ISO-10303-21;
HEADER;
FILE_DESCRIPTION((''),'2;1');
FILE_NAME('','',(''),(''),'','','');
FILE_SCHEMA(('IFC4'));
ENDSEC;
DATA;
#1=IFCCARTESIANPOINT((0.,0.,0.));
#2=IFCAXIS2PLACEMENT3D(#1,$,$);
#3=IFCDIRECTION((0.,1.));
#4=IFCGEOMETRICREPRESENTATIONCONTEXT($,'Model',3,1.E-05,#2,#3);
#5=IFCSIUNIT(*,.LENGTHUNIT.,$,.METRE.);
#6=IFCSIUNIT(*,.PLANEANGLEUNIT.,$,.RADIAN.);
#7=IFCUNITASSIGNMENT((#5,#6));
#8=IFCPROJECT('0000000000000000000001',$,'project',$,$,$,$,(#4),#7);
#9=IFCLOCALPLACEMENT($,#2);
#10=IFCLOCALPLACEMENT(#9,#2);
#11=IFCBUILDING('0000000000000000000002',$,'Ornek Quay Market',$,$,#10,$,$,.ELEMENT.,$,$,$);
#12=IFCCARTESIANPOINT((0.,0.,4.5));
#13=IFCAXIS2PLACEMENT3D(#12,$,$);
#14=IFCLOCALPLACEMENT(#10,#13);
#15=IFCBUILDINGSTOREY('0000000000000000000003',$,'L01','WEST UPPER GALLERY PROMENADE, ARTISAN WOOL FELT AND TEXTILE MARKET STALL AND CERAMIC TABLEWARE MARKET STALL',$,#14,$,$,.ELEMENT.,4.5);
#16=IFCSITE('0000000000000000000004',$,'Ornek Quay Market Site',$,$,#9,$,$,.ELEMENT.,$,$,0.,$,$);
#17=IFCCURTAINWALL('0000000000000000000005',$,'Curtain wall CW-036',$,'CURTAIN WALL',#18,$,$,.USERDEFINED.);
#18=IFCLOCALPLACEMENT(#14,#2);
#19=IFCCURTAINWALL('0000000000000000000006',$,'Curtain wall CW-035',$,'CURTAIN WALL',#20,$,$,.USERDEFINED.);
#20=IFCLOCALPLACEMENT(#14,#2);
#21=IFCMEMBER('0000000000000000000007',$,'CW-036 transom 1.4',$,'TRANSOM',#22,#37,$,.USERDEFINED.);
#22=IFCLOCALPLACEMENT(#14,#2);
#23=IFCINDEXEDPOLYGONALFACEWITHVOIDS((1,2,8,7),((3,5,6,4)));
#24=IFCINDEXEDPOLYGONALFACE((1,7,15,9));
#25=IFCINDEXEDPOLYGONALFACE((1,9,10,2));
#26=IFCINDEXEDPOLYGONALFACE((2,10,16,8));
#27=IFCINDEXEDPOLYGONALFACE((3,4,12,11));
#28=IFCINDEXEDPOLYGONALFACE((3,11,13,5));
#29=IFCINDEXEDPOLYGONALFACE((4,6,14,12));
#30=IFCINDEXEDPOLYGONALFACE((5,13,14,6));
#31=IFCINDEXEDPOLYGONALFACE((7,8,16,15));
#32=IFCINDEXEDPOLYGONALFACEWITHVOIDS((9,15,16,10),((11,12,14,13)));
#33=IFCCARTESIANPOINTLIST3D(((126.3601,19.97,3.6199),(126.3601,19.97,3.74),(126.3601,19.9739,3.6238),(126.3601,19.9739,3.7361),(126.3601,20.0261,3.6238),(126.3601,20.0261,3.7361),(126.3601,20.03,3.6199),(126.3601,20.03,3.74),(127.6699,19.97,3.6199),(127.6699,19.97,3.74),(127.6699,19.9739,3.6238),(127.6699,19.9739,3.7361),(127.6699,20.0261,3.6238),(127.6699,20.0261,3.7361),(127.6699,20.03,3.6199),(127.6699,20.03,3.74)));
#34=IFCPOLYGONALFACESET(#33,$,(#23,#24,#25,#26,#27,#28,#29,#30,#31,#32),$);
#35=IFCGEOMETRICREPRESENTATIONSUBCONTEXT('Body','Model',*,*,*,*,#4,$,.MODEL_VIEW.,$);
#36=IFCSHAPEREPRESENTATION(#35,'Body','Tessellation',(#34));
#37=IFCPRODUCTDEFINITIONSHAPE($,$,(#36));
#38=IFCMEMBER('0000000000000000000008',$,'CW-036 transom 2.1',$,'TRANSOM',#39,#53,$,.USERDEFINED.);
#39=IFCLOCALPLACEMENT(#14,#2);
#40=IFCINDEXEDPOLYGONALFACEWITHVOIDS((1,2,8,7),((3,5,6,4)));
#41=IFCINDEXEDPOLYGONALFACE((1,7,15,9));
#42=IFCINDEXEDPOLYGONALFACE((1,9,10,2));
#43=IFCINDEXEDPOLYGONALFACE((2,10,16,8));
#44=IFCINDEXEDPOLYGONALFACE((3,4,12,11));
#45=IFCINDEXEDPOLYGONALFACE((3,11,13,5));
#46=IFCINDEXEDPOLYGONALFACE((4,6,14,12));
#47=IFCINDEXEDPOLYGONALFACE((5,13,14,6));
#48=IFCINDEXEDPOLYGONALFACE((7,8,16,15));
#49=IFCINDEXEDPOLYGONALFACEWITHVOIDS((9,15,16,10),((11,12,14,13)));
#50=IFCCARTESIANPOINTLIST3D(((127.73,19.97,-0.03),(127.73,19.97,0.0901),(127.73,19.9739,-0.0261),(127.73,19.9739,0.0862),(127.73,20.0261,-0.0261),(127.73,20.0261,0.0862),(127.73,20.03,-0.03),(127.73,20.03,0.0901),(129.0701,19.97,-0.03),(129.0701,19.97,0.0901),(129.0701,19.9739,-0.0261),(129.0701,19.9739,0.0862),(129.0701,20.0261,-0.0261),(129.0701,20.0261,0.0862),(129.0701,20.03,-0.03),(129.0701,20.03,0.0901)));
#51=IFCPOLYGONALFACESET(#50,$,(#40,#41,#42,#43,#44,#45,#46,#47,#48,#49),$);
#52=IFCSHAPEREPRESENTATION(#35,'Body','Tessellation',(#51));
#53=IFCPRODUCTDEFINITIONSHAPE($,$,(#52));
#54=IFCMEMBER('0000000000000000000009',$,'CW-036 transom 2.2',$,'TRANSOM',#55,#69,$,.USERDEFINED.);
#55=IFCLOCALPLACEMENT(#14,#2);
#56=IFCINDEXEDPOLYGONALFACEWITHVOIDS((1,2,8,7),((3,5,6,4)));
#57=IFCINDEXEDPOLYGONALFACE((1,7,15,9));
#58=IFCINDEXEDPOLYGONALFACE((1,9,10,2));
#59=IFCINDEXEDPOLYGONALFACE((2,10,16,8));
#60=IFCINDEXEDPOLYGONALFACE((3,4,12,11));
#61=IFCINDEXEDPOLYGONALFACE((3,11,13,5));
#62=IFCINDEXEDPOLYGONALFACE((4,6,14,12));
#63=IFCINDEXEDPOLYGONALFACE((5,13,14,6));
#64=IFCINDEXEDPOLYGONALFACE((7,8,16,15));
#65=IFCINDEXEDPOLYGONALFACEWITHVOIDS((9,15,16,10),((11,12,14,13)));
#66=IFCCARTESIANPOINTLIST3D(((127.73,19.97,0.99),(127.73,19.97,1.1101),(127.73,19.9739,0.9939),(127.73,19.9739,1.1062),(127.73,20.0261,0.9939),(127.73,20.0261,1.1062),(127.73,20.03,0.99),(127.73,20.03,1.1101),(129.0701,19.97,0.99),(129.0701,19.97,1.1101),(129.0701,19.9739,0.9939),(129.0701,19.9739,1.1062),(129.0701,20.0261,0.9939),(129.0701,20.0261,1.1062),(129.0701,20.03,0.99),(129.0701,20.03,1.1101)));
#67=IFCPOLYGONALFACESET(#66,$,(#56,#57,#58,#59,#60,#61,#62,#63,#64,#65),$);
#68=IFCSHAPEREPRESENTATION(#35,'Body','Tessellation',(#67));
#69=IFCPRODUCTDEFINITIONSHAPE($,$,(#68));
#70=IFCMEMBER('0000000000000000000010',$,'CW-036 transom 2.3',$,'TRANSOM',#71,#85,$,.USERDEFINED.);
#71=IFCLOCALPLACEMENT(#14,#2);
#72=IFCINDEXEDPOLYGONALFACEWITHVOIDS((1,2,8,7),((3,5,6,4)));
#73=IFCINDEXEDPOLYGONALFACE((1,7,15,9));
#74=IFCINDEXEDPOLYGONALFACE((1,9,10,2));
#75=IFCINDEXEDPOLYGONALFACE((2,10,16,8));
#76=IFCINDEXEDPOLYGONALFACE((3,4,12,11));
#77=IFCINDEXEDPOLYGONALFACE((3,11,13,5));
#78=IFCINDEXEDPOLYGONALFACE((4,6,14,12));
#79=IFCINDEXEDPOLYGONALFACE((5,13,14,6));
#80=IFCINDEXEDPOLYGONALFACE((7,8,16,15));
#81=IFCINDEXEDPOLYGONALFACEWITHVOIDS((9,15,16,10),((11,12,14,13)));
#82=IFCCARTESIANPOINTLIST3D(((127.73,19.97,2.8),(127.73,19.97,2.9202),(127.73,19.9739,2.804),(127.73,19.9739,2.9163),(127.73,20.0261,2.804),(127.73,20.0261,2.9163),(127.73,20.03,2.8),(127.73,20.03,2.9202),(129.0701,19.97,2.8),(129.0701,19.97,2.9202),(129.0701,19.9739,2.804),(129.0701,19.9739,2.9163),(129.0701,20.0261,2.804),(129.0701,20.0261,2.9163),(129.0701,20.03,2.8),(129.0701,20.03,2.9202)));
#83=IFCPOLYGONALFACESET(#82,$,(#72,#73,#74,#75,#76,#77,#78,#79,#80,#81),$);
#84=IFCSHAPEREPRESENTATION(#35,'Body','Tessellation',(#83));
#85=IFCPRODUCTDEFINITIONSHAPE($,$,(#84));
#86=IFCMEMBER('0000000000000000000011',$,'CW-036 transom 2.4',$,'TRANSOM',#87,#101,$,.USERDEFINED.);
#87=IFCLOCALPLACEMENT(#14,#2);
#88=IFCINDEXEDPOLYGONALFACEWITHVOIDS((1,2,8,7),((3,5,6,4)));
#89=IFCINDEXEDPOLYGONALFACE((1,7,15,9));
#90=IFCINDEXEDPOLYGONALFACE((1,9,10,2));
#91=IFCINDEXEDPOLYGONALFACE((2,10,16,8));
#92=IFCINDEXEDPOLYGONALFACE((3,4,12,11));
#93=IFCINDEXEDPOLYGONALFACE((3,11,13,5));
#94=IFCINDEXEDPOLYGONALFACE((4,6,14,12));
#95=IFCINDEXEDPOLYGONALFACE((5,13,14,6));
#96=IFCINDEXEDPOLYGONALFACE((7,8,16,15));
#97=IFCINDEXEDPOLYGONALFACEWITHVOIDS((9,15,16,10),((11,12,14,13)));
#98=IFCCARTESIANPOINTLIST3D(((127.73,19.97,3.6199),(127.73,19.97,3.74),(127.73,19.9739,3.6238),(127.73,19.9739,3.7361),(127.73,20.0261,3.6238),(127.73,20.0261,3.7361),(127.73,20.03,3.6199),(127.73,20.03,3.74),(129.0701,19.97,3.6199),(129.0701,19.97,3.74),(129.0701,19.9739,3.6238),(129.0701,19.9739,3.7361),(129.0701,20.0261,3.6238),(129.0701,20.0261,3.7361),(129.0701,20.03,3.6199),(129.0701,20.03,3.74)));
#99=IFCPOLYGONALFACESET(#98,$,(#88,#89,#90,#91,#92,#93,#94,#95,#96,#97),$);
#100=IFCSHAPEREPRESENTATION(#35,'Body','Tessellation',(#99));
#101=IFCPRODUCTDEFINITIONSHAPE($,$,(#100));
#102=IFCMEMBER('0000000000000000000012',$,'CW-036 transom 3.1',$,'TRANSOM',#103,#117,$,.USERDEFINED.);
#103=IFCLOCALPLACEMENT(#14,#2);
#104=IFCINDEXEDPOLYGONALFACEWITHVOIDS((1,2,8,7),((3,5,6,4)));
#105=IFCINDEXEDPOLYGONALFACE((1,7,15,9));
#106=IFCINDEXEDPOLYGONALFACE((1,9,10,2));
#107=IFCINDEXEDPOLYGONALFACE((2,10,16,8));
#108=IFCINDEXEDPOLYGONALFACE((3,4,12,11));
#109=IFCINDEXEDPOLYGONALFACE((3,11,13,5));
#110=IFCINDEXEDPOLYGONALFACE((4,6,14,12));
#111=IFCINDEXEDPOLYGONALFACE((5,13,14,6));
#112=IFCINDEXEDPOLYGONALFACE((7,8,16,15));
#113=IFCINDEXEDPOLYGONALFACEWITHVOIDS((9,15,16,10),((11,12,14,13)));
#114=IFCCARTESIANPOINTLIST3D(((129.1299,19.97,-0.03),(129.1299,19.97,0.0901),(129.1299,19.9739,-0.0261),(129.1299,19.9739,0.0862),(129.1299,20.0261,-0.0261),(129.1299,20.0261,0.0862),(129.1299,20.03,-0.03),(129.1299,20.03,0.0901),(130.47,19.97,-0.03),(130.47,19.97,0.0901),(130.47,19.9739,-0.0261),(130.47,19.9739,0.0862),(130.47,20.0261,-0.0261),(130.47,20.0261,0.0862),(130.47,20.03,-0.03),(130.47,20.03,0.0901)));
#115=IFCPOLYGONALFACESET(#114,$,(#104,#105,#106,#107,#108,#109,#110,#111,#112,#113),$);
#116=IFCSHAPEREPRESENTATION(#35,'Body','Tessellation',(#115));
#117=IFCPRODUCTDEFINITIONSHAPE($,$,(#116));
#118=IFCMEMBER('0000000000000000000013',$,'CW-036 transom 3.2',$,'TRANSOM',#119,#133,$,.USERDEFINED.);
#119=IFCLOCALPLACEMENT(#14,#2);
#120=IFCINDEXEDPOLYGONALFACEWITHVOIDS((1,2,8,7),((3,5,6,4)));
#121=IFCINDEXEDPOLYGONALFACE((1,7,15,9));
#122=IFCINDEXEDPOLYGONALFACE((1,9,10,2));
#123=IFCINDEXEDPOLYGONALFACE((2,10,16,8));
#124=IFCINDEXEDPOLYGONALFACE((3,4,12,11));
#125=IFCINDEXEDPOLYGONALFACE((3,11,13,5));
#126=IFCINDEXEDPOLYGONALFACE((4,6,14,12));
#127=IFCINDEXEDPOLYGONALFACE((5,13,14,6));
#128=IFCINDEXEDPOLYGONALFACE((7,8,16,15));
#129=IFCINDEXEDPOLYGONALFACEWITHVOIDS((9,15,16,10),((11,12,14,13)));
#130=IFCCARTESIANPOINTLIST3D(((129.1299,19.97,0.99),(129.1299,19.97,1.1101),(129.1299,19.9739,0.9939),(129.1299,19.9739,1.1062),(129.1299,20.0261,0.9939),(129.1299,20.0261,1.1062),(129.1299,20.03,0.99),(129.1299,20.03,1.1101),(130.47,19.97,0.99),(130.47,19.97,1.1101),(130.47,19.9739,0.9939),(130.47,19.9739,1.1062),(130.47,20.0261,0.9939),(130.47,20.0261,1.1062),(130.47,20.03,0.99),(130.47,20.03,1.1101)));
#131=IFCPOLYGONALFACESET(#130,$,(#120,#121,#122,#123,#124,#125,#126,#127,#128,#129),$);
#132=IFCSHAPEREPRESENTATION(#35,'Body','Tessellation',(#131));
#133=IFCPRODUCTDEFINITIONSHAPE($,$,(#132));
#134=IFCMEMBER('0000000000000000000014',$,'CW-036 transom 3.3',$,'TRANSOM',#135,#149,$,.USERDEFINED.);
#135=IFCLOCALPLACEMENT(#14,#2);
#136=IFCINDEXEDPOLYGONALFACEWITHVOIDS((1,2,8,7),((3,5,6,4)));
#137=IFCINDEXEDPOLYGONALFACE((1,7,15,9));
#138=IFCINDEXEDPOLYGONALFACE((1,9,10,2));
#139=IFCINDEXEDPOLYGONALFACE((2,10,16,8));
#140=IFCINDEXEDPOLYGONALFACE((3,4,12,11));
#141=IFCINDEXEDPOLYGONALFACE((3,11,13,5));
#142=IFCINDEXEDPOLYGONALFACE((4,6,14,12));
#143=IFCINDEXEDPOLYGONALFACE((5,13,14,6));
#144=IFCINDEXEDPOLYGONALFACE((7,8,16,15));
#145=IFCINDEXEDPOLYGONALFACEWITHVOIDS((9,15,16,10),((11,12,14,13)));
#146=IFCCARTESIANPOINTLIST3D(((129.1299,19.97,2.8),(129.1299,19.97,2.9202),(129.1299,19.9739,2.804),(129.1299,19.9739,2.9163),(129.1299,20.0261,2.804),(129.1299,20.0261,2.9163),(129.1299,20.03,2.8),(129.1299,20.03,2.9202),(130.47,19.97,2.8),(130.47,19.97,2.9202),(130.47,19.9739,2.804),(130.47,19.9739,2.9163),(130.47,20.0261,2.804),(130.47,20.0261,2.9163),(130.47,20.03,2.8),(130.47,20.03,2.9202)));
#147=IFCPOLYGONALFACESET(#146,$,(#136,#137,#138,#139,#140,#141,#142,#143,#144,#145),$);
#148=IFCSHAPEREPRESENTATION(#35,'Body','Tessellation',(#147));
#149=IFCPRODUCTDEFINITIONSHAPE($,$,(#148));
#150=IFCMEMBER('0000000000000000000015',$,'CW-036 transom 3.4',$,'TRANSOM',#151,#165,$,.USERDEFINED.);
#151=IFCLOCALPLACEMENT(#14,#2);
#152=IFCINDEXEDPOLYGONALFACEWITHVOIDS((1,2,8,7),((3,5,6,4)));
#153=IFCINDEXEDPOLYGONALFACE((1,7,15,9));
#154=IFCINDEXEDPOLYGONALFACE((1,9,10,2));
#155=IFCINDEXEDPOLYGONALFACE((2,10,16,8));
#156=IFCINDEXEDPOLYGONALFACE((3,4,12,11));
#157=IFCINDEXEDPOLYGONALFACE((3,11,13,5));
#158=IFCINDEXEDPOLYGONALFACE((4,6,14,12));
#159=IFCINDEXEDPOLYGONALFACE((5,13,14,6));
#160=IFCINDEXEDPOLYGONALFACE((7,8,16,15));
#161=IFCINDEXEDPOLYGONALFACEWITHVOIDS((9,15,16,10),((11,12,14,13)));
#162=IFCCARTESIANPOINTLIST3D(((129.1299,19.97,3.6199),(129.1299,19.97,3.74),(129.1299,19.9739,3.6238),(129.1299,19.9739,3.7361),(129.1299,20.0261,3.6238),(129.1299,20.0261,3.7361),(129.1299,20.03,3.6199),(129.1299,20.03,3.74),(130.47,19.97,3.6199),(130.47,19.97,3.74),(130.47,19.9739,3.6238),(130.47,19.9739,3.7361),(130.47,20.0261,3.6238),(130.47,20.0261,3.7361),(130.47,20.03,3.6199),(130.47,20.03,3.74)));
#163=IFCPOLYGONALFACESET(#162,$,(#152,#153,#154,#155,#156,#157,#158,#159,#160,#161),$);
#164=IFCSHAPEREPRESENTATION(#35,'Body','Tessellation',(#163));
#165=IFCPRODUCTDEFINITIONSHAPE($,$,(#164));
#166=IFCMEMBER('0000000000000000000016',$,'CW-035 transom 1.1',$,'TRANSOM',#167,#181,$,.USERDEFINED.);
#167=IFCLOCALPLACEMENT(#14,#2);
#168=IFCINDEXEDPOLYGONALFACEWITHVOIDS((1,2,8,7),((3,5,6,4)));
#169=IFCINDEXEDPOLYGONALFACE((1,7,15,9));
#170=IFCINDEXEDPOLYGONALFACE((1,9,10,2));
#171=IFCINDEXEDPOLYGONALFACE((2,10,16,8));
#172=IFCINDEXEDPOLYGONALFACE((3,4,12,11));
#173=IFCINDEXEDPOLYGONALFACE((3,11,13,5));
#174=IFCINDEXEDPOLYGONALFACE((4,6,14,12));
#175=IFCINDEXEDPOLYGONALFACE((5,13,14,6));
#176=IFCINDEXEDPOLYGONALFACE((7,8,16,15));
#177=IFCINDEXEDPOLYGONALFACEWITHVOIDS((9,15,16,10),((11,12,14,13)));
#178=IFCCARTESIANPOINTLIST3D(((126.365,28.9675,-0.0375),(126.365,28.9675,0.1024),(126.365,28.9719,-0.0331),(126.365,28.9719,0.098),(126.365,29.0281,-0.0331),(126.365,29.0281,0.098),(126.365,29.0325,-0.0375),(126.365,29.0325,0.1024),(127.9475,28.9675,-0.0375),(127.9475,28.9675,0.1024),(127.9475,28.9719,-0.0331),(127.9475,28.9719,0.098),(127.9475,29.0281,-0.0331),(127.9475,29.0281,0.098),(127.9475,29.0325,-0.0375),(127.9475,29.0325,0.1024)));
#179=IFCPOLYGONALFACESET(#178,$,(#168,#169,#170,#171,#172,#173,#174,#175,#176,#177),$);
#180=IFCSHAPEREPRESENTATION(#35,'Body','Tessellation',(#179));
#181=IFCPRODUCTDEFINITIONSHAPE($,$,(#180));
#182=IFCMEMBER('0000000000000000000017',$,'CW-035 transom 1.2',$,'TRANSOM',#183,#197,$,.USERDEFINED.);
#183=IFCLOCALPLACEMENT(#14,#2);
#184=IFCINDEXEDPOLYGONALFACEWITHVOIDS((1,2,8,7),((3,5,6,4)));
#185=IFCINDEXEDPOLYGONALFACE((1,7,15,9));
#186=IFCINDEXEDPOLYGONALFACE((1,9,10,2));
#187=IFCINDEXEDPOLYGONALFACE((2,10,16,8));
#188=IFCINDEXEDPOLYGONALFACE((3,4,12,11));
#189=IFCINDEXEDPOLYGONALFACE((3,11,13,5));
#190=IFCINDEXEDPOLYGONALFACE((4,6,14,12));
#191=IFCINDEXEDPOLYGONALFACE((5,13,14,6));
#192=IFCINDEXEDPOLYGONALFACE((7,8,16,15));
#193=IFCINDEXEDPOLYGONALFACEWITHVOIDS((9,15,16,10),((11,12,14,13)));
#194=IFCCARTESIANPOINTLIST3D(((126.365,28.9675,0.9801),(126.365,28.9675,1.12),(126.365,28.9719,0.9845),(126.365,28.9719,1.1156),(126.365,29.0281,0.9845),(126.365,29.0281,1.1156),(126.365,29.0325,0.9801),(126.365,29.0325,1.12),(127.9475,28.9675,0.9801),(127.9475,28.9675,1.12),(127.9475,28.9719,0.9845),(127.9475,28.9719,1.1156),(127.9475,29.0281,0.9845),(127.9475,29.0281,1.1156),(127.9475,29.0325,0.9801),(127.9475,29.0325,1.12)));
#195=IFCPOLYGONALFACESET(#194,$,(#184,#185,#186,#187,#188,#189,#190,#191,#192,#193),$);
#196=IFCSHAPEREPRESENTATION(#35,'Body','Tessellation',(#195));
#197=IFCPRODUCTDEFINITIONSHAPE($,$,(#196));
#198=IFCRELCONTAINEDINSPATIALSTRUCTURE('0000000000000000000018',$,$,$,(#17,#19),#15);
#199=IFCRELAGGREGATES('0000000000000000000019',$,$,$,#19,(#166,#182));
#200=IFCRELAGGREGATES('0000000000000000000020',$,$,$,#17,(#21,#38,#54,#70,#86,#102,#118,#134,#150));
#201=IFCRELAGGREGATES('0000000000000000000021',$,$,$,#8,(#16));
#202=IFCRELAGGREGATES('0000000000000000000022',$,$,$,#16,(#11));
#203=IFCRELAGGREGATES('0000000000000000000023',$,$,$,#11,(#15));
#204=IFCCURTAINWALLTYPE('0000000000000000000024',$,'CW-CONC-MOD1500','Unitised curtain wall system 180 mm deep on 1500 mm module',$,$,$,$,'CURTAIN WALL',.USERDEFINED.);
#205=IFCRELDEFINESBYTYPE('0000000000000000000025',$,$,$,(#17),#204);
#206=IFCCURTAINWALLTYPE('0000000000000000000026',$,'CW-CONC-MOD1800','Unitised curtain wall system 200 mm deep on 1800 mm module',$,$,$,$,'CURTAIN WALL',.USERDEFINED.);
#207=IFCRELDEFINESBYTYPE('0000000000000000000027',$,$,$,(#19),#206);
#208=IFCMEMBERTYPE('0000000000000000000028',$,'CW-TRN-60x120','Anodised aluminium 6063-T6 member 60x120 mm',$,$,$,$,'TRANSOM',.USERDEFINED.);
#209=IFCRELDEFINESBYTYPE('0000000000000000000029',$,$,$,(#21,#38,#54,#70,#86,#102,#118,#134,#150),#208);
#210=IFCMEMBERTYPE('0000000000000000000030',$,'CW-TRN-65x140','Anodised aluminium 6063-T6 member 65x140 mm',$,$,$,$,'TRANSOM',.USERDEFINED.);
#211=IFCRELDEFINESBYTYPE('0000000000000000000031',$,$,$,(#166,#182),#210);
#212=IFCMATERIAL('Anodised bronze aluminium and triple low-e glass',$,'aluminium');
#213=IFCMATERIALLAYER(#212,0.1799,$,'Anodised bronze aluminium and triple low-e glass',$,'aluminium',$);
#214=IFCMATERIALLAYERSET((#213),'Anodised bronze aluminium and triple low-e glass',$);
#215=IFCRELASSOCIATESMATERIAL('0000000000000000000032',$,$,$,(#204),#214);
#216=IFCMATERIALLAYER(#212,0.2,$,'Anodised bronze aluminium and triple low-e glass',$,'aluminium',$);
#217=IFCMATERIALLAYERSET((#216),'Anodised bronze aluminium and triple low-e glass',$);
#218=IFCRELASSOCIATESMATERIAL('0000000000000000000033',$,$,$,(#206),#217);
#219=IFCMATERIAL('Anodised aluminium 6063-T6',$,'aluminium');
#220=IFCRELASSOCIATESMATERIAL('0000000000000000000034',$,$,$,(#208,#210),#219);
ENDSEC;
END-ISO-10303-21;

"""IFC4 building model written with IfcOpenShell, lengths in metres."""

from ifc_helpers import new_model, si_unit, direction, frame, origin, origin_2d, place, context, subcontext, project, spatial, hollow_rectangle, extrude, material, layer, layer_set, material_profile, profile_set, type_object, element, aggregate, save


model = new_model("IFC4")

# Units and contexts
model_context = context("Model", 3, precision=1e-05, world=origin(), true_north=direction((0.0, 1.0)))
body_context = subcontext(model_context, "Body", "Model", "MODEL_VIEW")
ifc_project = project(units=[si_unit("LENGTHUNIT", "METRE"), si_unit("PLANEANGLEUNIT", "RADIAN")], contexts=[model_context])

# Site, building, storey
site_placement = place(None, origin())
site = spatial("IfcSite", under=ifc_project, at=site_placement, Name="Ornek Quay Market Site", CompositionType="ELEMENT", RefElevation=0.0)
building_placement = place(site_placement, origin())
building = spatial("IfcBuilding", under=site, at=building_placement, Name="Ornek Quay Market", CompositionType="ELEMENT")
storey_placement = place(building_placement, frame((0.0, 0.0, 4.5)))
storey = spatial("IfcBuildingStorey", under=building, at=storey_placement, Name="L01", Description="WEST UPPER GALLERY PROMENADE, ARTISAN WOOL FELT AND TEXTILE MARKET STALL AND CERAMIC TABLEWARE MARKET STALL", CompositionType="ELEMENT", Elevation=4.5)

# Curtain wall
ifc_material_1 = material(Name="Anodised bronze aluminium and triple low-e glass", Category="aluminium")
ifc_layer_1 = layer(ifc_material_1, 0.1799, Name="Anodised bronze aluminium and triple low-e glass", Category="aluminium")
ifc_layer_set_1 = layer_set([ifc_layer_1], Name="Anodised bronze aluminium and triple low-e glass")
curtain_wall_type_1 = type_object("IfcCurtainWallType", Name="CW-CONC-MOD1500", Description="Unitised curtain wall system 180 mm deep on 1500 mm module", ElementType="CURTAIN WALL", PredefinedType="USERDEFINED", material=ifc_layer_set_1)
curtain_wall_1_placement = place(storey_placement, origin())
curtain_wall_1 = element("IfcCurtainWall", 1, at=curtain_wall_1_placement, inside=storey, type_object=curtain_wall_type_1, Name="Curtain wall CW-036", ObjectType="CURTAIN WALL", PredefinedType="USERDEFINED")
ifc_material_2 = material(Name="Anodised aluminium 6063-T6", Category="aluminium")

# Curtain wall
ifc_layer_2 = layer(ifc_material_1, 0.2, Name="Anodised bronze aluminium and triple low-e glass", Category="aluminium")
ifc_layer_set_2 = layer_set([ifc_layer_2], Name="Anodised bronze aluminium and triple low-e glass")
curtain_wall_type_2 = type_object("IfcCurtainWallType", Name="CW-CONC-MOD1800", Description="Unitised curtain wall system 200 mm deep on 1800 mm module", ElementType="CURTAIN WALL", PredefinedType="USERDEFINED", material=ifc_layer_set_2)
curtain_wall_2_placement = place(storey_placement, origin())
curtain_wall_2 = element("IfcCurtainWall", 2, at=curtain_wall_2_placement, inside=storey, type_object=curtain_wall_type_2, Name="Curtain wall CW-035", ObjectType="CURTAIN WALL", PredefinedType="USERDEFINED")

# Members
ifc_material_profile_1 = material_profile(ifc_material_2, hollow_rectangle(XDim=0.0601, YDim=0.1201, WallThickness=0.0039, at=origin_2d()), Name="CW-TRN-60x120", Category="aluminium")
ifc_profile_set_1 = profile_set([ifc_material_profile_1], Name="Anodised aluminium 6063-T6")
member_type_1 = type_object("IfcMemberType", Name="CW-TRN-60x120", Description="Anodised aluminium 6063-T6 member 60x120 mm", ElementType="TRANSOM", PredefinedType="USERDEFINED", material=ifc_profile_set_1)
member_1_placement = place(storey_placement, frame((126.3601, 20.0, 3.6799), z_axis=(1.0, 0.0, 0.0), x_axis=(0.0, 1.0, 0.0)))
member_1 = element("IfcMember", 3, at=member_1_placement, type_object=member_type_1, Name="CW-036 transom 1.4", ObjectType="TRANSOM", PredefinedType="USERDEFINED", context=body_context, shape_type="SweptSolid", body=[
    extrude(hollow_rectangle(XDim=0.0601, YDim=0.1201, WallThickness=0.0039, at=origin_2d()), origin(), (0.0, 0.0, 1.0), 1.3098),
])
member_2_placement = place(storey_placement, frame((127.73, 20.0, 0.03), z_axis=(1.0, 0.0, 0.0), x_axis=(0.0, 1.0, 0.0)))
member_2 = element("IfcMember", 4, at=member_2_placement, type_object=member_type_1, Name="CW-036 transom 2.1", ObjectType="TRANSOM", PredefinedType="USERDEFINED", context=body_context, shape_type="SweptSolid", body=[
    extrude(hollow_rectangle(XDim=0.0601, YDim=0.1201, WallThickness=0.0039, at=origin_2d()), origin(), (0.0, 0.0, 1.0), 1.3401),
])
member_3_placement = place(storey_placement, frame((127.73, 20.0, 1.05), z_axis=(1.0, 0.0, 0.0), x_axis=(0.0, 1.0, 0.0)))
member_3 = element("IfcMember", 5, at=member_3_placement, type_object=member_type_1, Name="CW-036 transom 2.2", ObjectType="TRANSOM", PredefinedType="USERDEFINED", context=body_context, shape_type="SweptSolid", body=[
    extrude(hollow_rectangle(XDim=0.0601, YDim=0.1201, WallThickness=0.0039, at=origin_2d()), origin(), (0.0, 0.0, 1.0), 1.3401),
])
member_4_placement = place(storey_placement, frame((127.73, 20.0, 2.8601), z_axis=(1.0, 0.0, 0.0), x_axis=(0.0, 1.0, 0.0)))
member_4 = element("IfcMember", 6, at=member_4_placement, type_object=member_type_1, Name="CW-036 transom 2.3", ObjectType="TRANSOM", PredefinedType="USERDEFINED", context=body_context, shape_type="SweptSolid", body=[
    extrude(hollow_rectangle(XDim=0.0601, YDim=0.1201, WallThickness=0.0039, at=origin_2d()), origin(), (0.0, 0.0, 1.0), 1.3401),
])
member_5_placement = place(storey_placement, frame((127.73, 20.0, 3.6799), z_axis=(1.0, 0.0, 0.0), x_axis=(0.0, 1.0, 0.0)))
member_5 = element("IfcMember", 7, at=member_5_placement, type_object=member_type_1, Name="CW-036 transom 2.4", ObjectType="TRANSOM", PredefinedType="USERDEFINED", context=body_context, shape_type="SweptSolid", body=[
    extrude(hollow_rectangle(XDim=0.0601, YDim=0.1201, WallThickness=0.0039, at=origin_2d()), origin(), (0.0, 0.0, 1.0), 1.3401),
])
member_6_placement = place(storey_placement, frame((129.1299, 20.0, 0.03), z_axis=(1.0, 0.0, 0.0), x_axis=(0.0, 1.0, 0.0)))
member_6 = element("IfcMember", 8, at=member_6_placement, type_object=member_type_1, Name="CW-036 transom 3.1", ObjectType="TRANSOM", PredefinedType="USERDEFINED", context=body_context, shape_type="SweptSolid", body=[
    extrude(hollow_rectangle(XDim=0.0601, YDim=0.1201, WallThickness=0.0039, at=origin_2d()), origin(), (0.0, 0.0, 1.0), 1.3401),
])
member_7_placement = place(storey_placement, frame((129.1299, 20.0, 1.05), z_axis=(1.0, 0.0, 0.0), x_axis=(0.0, 1.0, 0.0)))
member_7 = element("IfcMember", 9, at=member_7_placement, type_object=member_type_1, Name="CW-036 transom 3.2", ObjectType="TRANSOM", PredefinedType="USERDEFINED", context=body_context, shape_type="SweptSolid", body=[
    extrude(hollow_rectangle(XDim=0.0601, YDim=0.1201, WallThickness=0.0039, at=origin_2d()), origin(), (0.0, 0.0, 1.0), 1.3401),
])
member_8_placement = place(storey_placement, frame((129.1299, 20.0, 2.8601), z_axis=(1.0, 0.0, 0.0), x_axis=(0.0, 1.0, 0.0)))
member_8 = element("IfcMember", 10, at=member_8_placement, type_object=member_type_1, Name="CW-036 transom 3.3", ObjectType="TRANSOM", PredefinedType="USERDEFINED", context=body_context, shape_type="SweptSolid", body=[
    extrude(hollow_rectangle(XDim=0.0601, YDim=0.1201, WallThickness=0.0039, at=origin_2d()), origin(), (0.0, 0.0, 1.0), 1.3401),
])
member_9_placement = place(storey_placement, frame((129.1299, 20.0, 3.6799), z_axis=(1.0, 0.0, 0.0), x_axis=(0.0, 1.0, 0.0)))
member_9 = element("IfcMember", 11, at=member_9_placement, type_object=member_type_1, Name="CW-036 transom 3.4", ObjectType="TRANSOM", PredefinedType="USERDEFINED", context=body_context, shape_type="SweptSolid", body=[
    extrude(hollow_rectangle(XDim=0.0601, YDim=0.1201, WallThickness=0.0039, at=origin_2d()), origin(), (0.0, 0.0, 1.0), 1.3401),
])
ifc_material_profile_2 = material_profile(ifc_material_2, hollow_rectangle(XDim=0.0649, YDim=0.1399, WallThickness=0.0044, at=origin_2d()), Name="CW-TRN-65x140", Category="aluminium")
ifc_profile_set_2 = profile_set([ifc_material_profile_2], Name="Anodised aluminium 6063-T6")
member_type_2 = type_object("IfcMemberType", Name="CW-TRN-65x140", Description="Anodised aluminium 6063-T6 member 65x140 mm", ElementType="TRANSOM", PredefinedType="USERDEFINED", material=ifc_profile_set_2)
member_10_placement = place(storey_placement, frame((126.365, 29.0, 0.0325), z_axis=(1.0, 0.0, 0.0), x_axis=(0.0, 1.0, 0.0)))
member_10 = element("IfcMember", 12, at=member_10_placement, type_object=member_type_2, Name="CW-035 transom 1.1", ObjectType="TRANSOM", PredefinedType="USERDEFINED", context=body_context, shape_type="SweptSolid", body=[
    extrude(hollow_rectangle(XDim=0.0649, YDim=0.1399, WallThickness=0.0044, at=origin_2d()), origin(), (0.0, 0.0, 1.0), 1.5825),
])
member_11_placement = place(storey_placement, frame((126.365, 29.0, 1.05), z_axis=(1.0, 0.0, 0.0), x_axis=(0.0, 1.0, 0.0)))
member_11 = element("IfcMember", 13, at=member_11_placement, type_object=member_type_2, Name="CW-035 transom 1.2", ObjectType="TRANSOM", PredefinedType="USERDEFINED", context=body_context, shape_type="SweptSolid", body=[
    extrude(hollow_rectangle(XDim=0.0649, YDim=0.1399, WallThickness=0.0044, at=origin_2d()), origin(), (0.0, 0.0, 1.0), 1.5825),
])
aggregate(curtain_wall_2, [member_10, member_11])

aggregate(curtain_wall_1, [member_1, member_2, member_3, member_4, member_5, member_6, member_7, member_8, member_9])

save(model, "model.ifc")
